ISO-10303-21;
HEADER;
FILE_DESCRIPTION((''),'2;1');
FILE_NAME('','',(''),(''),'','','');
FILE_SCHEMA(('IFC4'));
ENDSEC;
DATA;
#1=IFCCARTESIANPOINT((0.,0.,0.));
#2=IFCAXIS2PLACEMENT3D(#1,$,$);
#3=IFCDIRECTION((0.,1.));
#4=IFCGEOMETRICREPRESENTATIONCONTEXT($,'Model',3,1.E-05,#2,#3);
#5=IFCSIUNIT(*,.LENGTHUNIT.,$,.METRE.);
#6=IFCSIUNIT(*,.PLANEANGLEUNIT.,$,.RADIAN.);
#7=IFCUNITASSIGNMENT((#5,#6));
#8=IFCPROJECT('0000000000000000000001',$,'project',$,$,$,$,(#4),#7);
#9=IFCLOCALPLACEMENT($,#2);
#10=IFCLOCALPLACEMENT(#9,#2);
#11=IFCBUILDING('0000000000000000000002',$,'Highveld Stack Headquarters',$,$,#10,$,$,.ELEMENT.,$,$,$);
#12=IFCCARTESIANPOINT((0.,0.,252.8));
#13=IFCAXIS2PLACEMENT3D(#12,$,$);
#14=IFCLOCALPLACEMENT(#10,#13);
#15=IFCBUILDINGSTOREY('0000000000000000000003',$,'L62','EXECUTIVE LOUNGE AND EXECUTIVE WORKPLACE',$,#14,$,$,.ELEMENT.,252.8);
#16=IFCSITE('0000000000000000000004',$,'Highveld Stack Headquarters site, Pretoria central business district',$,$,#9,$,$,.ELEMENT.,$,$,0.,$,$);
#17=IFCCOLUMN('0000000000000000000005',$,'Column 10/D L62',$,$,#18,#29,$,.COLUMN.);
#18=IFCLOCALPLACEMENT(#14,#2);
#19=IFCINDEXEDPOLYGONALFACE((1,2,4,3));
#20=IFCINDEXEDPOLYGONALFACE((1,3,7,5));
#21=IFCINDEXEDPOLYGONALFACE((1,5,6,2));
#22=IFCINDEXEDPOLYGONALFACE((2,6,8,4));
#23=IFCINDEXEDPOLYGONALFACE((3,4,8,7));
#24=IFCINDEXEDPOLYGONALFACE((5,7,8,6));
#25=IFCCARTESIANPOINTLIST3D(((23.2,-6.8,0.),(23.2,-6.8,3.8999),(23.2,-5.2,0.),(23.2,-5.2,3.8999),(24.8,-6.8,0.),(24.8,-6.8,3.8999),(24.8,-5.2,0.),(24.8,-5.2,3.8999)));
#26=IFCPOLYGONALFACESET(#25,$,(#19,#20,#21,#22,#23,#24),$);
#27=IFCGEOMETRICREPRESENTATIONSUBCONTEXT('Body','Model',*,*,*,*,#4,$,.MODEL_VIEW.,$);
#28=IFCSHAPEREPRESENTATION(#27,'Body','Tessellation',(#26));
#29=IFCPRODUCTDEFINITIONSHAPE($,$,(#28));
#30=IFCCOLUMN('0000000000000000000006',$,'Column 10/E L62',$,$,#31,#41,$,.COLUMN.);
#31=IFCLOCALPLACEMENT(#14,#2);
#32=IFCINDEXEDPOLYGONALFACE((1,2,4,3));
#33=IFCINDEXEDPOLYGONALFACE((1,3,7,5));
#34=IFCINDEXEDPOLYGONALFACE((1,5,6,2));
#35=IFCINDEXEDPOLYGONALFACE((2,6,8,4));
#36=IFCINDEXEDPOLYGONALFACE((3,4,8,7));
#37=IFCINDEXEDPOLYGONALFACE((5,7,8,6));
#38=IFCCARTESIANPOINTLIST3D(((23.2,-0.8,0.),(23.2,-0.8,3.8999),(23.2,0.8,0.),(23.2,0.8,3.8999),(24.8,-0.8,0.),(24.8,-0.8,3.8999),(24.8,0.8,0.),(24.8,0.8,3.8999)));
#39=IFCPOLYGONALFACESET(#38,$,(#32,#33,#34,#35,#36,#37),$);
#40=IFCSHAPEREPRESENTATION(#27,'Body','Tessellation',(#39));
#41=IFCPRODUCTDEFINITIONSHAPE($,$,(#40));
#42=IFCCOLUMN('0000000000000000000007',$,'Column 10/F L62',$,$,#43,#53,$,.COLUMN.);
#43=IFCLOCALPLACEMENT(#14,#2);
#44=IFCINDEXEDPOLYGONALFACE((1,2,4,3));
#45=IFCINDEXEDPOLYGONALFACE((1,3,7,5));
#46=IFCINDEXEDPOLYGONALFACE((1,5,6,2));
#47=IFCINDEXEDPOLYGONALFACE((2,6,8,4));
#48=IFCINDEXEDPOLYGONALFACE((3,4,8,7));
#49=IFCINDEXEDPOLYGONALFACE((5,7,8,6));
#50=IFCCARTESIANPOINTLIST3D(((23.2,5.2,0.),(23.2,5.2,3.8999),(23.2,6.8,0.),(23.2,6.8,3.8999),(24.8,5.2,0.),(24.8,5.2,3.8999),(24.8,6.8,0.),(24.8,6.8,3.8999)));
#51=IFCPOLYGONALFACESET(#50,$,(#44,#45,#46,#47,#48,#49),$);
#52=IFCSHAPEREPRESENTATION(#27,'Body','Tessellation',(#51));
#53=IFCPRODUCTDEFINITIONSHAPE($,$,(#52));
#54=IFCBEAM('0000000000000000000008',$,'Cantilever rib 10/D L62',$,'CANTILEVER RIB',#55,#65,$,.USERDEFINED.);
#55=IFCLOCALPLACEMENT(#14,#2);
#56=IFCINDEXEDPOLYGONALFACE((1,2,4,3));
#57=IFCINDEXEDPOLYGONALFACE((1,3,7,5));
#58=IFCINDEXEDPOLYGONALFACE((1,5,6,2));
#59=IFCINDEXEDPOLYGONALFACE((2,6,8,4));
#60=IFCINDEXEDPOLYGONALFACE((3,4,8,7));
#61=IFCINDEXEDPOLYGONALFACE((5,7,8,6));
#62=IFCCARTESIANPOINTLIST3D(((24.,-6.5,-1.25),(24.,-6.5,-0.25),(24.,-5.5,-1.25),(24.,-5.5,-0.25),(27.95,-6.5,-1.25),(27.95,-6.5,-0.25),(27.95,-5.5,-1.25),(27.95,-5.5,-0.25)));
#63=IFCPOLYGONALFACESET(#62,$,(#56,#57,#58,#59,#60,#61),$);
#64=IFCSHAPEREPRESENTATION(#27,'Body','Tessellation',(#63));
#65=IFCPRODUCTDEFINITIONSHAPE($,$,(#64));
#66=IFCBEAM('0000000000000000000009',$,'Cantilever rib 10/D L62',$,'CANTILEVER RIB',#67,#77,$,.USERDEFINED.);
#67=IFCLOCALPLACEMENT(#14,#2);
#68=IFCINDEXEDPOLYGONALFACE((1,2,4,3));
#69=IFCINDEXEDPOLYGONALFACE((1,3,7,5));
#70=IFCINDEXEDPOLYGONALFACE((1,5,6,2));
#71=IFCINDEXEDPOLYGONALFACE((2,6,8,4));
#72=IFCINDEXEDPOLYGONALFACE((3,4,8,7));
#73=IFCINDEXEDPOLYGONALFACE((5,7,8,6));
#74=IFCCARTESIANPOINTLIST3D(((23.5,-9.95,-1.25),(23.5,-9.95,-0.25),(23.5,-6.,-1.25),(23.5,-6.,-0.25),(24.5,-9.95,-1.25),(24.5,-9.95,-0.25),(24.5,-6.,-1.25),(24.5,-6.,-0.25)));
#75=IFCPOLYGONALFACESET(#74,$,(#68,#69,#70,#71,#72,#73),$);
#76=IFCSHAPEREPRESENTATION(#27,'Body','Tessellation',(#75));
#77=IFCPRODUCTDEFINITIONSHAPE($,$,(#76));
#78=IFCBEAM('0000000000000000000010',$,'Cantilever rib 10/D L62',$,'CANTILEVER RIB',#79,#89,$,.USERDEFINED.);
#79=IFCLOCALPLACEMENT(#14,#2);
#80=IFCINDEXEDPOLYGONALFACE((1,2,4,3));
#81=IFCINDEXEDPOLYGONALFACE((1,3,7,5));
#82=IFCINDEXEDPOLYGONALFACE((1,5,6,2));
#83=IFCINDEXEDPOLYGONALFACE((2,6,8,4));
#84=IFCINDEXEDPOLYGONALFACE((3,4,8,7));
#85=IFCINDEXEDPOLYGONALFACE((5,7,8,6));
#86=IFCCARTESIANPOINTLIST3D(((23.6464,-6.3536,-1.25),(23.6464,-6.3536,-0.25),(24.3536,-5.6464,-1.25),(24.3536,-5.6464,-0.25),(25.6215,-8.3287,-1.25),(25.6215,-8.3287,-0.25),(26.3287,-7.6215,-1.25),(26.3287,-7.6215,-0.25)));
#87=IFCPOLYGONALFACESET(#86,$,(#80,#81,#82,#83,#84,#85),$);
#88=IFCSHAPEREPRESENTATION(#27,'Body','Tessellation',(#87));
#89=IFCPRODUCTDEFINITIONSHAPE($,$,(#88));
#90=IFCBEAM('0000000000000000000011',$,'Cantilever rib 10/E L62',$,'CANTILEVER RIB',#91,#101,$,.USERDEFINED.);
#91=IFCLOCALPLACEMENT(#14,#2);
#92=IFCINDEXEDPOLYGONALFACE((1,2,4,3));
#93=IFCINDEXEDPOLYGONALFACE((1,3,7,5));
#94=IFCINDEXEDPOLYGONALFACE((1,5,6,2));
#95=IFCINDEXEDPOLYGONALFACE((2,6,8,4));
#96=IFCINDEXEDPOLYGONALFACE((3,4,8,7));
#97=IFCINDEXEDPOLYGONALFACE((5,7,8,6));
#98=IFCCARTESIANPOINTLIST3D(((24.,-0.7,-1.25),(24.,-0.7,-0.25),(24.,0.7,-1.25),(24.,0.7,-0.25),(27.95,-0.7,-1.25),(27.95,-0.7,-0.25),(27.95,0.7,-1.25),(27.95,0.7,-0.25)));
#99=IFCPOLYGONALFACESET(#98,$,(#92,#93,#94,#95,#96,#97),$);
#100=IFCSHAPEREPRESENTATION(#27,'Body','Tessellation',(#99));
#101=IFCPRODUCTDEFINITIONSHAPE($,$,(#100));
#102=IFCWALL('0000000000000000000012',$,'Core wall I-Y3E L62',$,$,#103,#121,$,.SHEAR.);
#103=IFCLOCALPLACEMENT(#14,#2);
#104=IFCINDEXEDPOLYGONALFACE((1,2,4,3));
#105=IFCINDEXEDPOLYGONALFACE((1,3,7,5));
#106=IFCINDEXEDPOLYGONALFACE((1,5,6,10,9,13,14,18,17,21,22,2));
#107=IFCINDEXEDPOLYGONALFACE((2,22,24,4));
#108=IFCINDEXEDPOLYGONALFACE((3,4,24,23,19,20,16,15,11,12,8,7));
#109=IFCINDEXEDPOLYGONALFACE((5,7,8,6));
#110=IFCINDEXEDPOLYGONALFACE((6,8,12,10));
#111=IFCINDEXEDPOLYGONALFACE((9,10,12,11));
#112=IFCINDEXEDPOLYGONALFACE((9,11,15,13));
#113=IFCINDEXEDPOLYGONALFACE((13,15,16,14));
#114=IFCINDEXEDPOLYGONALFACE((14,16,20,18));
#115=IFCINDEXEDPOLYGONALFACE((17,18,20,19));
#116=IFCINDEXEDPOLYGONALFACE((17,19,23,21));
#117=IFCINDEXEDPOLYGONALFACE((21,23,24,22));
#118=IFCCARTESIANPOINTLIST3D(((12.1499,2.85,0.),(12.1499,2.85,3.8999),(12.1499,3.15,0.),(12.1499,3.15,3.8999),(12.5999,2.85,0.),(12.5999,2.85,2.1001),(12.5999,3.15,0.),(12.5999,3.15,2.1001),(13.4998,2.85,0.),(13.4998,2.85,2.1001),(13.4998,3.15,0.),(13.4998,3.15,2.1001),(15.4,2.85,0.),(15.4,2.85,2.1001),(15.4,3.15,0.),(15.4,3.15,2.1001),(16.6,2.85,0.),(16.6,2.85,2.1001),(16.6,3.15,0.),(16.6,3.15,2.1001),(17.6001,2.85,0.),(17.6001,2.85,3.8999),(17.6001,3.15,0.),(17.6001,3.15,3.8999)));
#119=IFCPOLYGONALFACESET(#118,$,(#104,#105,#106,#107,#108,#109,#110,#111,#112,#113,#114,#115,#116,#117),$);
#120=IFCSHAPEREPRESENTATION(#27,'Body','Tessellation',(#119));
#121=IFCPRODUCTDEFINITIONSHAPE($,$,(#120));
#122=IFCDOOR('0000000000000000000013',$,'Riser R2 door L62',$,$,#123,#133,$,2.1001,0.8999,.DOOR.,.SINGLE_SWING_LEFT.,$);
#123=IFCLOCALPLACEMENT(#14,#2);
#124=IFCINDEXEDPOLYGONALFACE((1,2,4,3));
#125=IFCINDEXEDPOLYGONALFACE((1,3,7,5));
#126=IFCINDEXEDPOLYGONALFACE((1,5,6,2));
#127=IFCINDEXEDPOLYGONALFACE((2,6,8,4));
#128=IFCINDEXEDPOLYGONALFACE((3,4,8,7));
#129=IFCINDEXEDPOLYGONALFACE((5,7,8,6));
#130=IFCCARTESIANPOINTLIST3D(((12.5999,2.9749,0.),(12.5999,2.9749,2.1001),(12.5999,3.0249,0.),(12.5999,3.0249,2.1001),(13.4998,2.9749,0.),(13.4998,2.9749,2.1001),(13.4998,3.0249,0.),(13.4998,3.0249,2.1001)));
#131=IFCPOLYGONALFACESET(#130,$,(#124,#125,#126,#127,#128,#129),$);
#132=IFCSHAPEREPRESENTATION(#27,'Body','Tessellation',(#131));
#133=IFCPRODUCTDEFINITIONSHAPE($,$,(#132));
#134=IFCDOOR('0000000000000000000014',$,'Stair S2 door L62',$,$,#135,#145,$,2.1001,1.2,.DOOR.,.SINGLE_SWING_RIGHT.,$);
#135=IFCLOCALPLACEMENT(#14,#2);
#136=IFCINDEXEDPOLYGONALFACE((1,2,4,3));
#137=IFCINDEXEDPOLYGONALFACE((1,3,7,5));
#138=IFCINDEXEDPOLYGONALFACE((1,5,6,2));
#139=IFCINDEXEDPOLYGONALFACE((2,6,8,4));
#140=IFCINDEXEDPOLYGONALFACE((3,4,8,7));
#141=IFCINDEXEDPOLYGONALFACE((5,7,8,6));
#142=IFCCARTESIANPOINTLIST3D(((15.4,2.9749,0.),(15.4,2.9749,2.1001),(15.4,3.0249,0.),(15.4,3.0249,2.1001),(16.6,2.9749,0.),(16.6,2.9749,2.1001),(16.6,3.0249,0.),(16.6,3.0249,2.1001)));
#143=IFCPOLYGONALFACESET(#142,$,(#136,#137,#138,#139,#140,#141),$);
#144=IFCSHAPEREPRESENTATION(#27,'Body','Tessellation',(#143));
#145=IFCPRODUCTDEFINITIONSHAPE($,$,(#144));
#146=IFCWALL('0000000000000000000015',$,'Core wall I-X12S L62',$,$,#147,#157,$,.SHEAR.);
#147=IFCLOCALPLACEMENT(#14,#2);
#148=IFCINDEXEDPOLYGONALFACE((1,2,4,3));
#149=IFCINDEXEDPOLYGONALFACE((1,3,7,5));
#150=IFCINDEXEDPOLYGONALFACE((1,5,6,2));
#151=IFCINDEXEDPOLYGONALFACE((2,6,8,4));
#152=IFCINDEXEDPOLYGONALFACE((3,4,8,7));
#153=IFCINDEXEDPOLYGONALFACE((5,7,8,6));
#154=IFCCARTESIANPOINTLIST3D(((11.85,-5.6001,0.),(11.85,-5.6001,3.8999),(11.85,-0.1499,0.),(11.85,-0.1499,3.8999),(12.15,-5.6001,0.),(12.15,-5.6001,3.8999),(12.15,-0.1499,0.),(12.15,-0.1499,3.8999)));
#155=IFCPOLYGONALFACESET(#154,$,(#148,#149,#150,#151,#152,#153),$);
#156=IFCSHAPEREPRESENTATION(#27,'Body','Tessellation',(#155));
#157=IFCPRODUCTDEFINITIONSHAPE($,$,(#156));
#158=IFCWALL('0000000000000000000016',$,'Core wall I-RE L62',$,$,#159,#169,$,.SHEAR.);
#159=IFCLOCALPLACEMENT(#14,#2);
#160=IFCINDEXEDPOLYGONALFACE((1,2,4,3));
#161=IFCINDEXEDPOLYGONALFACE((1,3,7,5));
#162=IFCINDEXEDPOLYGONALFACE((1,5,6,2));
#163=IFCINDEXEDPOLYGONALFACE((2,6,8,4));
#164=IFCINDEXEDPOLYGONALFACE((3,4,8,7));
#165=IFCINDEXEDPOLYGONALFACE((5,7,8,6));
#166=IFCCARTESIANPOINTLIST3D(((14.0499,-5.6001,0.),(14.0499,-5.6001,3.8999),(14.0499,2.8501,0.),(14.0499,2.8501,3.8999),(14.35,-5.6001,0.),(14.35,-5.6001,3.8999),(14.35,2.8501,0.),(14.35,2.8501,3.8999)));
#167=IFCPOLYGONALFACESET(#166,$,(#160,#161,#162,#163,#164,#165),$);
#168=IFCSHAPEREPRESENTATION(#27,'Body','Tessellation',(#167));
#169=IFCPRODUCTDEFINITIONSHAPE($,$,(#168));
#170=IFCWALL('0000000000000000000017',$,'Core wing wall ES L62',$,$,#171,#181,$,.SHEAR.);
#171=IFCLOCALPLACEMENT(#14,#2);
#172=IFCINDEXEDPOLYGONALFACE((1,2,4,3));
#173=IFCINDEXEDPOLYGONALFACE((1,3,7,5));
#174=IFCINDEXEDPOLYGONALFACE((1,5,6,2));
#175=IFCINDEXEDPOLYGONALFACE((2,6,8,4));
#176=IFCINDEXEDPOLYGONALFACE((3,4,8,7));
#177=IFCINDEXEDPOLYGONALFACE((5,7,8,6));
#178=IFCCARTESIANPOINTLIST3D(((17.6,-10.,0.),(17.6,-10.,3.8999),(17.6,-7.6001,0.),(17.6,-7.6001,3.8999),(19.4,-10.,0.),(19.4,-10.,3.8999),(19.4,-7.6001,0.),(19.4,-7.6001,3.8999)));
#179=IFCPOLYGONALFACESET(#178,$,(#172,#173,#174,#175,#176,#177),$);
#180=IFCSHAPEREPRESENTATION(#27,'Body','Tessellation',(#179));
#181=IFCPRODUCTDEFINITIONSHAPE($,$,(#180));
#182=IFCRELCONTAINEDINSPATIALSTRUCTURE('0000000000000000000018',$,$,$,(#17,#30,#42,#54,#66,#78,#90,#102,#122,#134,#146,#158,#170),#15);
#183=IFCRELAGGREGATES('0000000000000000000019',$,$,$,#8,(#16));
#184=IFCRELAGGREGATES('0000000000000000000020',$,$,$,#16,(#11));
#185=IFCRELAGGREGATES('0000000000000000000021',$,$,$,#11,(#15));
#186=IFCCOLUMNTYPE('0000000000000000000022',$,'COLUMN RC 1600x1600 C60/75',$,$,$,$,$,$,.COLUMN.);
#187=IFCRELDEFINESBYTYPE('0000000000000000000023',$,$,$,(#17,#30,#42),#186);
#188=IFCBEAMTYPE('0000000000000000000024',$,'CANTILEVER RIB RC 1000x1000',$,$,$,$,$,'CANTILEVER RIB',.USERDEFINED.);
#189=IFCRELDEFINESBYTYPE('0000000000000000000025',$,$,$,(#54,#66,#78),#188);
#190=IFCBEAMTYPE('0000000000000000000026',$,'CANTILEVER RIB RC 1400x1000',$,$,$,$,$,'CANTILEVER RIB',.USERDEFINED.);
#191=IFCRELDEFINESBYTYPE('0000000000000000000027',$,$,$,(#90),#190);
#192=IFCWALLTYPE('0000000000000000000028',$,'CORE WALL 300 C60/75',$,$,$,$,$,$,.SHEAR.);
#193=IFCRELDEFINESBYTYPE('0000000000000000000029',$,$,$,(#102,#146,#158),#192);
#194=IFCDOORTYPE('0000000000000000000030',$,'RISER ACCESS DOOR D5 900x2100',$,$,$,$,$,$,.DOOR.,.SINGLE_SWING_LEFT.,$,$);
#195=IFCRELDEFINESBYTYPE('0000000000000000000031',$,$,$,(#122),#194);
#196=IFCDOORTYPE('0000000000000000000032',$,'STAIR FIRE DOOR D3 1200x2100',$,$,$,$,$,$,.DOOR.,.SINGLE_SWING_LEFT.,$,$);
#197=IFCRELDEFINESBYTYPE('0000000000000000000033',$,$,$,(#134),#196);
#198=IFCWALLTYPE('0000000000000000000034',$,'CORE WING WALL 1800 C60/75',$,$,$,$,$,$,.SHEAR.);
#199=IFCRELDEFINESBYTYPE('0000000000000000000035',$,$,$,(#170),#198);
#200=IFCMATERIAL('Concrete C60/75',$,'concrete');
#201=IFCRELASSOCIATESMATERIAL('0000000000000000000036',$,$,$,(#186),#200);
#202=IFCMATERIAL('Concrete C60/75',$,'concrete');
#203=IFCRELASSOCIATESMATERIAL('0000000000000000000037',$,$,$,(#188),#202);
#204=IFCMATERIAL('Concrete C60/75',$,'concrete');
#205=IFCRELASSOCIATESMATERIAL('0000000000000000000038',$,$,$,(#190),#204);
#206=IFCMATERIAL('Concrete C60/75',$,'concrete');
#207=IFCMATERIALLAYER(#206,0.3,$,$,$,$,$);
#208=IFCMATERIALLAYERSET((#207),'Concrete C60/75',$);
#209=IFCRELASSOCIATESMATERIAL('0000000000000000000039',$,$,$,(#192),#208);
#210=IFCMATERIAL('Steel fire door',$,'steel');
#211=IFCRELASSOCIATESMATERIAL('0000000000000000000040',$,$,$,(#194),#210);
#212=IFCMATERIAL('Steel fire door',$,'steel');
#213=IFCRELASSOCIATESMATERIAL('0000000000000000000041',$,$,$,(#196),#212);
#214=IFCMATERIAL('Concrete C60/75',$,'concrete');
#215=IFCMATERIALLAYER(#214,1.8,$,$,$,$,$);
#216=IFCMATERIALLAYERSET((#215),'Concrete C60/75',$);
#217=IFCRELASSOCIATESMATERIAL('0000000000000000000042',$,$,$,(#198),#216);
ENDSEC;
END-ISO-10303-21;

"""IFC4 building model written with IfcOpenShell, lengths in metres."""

from ifc_helpers import new_model, si_unit, direction, frame, frame_2d, origin, origin_2d, place, context, subcontext, project, spatial, rectangle, extrude, material, layer, layer_set, material_profile, profile_set, type_object, element, fill, save


model = new_model("IFC4")

# Units and contexts
model_context = context("Model", 3, precision=1e-05, world=origin(), true_north=direction((0.0, 1.0)))
body_context = subcontext(model_context, "Body", "Model", "MODEL_VIEW")
ifc_project = project(units=[si_unit("LENGTHUNIT", "METRE"), si_unit("PLANEANGLEUNIT", "RADIAN")], contexts=[model_context])

# Site, building, storey
site_placement = place(None, origin())
site = spatial("IfcSite", under=ifc_project, at=site_placement, Name="Highveld Stack Headquarters site, Pretoria central business district", CompositionType="ELEMENT", RefElevation=0.0)
building_placement = place(site_placement, origin())
building = spatial("IfcBuilding", under=site, at=building_placement, Name="Highveld Stack Headquarters", CompositionType="ELEMENT")
storey_placement = place(building_placement, frame((0.0, 0.0, 252.8)))
storey = spatial("IfcBuildingStorey", under=building, at=storey_placement, Name="L62", Description="EXECUTIVE LOUNGE AND EXECUTIVE WORKPLACE", CompositionType="ELEMENT", Elevation=252.8)

# Columns
ifc_material_1 = material(Name="Concrete C60/75", Category="concrete")
ifc_material_profile_1 = material_profile(ifc_material_1, rectangle(XDim=1.6001, YDim=1.6001, at=origin_2d()), Name="RC 1600x1600")
ifc_profile_set_1 = profile_set([ifc_material_profile_1], Name="Concrete C60/75")
column_type = type_object("IfcColumnType", Name="COLUMN RC 1600x1600 C60/75", PredefinedType="COLUMN", material=ifc_profile_set_1)
for number, where, z_axis, x_axis, name in (
    (1, (24.0, -6.0, 0.0), (0.0, 0.0, 1.0), (1.0, 0.0, 0.0), "Column 10/D L62"),
    (2, (24.0, 0.0, 0.0), (0.0, 0.0, 1.0), (1.0, 0.0, 0.0), "Column 10/E L62"),
    (3, (24.0, 6.0, 0.0), (0.0, 0.0, 1.0), (1.0, 0.0, 0.0), "Column 10/F L62"),
):
    element("IfcColumn", number, at=place(storey_placement, frame(where, z_axis=z_axis, x_axis=x_axis)), inside=storey, type_object=column_type, Name=name, PredefinedType="COLUMN", context=body_context, shape_type="SweptSolid", body=[
        extrude(rectangle(XDim=1.6001, YDim=1.6001, at=origin_2d()), origin(), (0.0, 0.0, 1.0), 3.8999),
    ])

# Beams
ifc_material_2 = material(Name="Concrete C60/75", Category="concrete")
ifc_material_profile_2 = material_profile(ifc_material_2, rectangle(XDim=1.0, YDim=1.0, at=origin_2d()), Name="RC 1000x1000")
ifc_profile_set_2 = profile_set([ifc_material_profile_2], Name="Concrete C60/75")
beam_type_1 = type_object("IfcBeamType", Name="CANTILEVER RIB RC 1000x1000", ElementType="CANTILEVER RIB", PredefinedType="USERDEFINED", material=ifc_profile_set_2)
for number, where, z_axis, x_axis, name in (
    (4, (24.0, -6.0, -0.75), (1.0, 0.0, 0.0), (0.0, 1.0, 0.0), "Cantilever rib 10/D L62"),
    (5, (24.0, -6.0, -0.75), (0.0, -1.0, 0.0), (1.0, 0.0, 0.0), "Cantilever rib 10/D L62"),
):
    element("IfcBeam", number, at=place(storey_placement, frame(where, z_axis=z_axis, x_axis=x_axis)), inside=storey, type_object=beam_type_1, Name=name, ObjectType="CANTILEVER RIB", PredefinedType="USERDEFINED", context=body_context, shape_type="SweptSolid", body=[
        extrude(rectangle(XDim=1.0, YDim=1.0, at=origin_2d()), origin(), (0.0, 0.0, 1.0), 3.95),
    ])
beam_1_placement = place(storey_placement, frame((24.0, -6.0, -0.75), z_axis=(0.707107, -0.707107, 0.0), x_axis=(0.707107, 0.707107, 0.0)))
element("IfcBeam", 6, at=beam_1_placement, inside=storey, type_object=beam_type_1, Name="Cantilever rib 10/D L62", ObjectType="CANTILEVER RIB", PredefinedType="USERDEFINED", context=body_context, shape_type="SweptSolid", body=[
    extrude(rectangle(XDim=1.0, YDim=1.0, at=origin_2d()), origin(), (0.0, 0.0, 1.0), 2.7932),
])
ifc_material_3 = material(Name="Concrete C60/75", Category="concrete")
ifc_material_profile_3 = material_profile(ifc_material_3, rectangle(XDim=1.3999, YDim=1.0, at=origin_2d()), Name="RC 1400x1000")
ifc_profile_set_3 = profile_set([ifc_material_profile_3], Name="Concrete C60/75")
beam_type_2 = type_object("IfcBeamType", Name="CANTILEVER RIB RC 1400x1000", ElementType="CANTILEVER RIB", PredefinedType="USERDEFINED", material=ifc_profile_set_3)
beam_2_placement = place(storey_placement, frame((24.0, 0.0, -0.75), z_axis=(1.0, 0.0, 0.0), x_axis=(0.0, 1.0, 0.0)))
element("IfcBeam", 7, at=beam_2_placement, inside=storey, type_object=beam_type_2, Name="Cantilever rib 10/E L62", ObjectType="CANTILEVER RIB", PredefinedType="USERDEFINED", context=body_context, shape_type="SweptSolid", body=[
    extrude(rectangle(XDim=1.3999, YDim=1.0, at=origin_2d()), origin(), (0.0, 0.0, 1.0), 3.95),
])

# Wall, openings, doors
ifc_material_4 = material(Name="Concrete C60/75", Category="concrete")
ifc_layer_1 = layer(ifc_material_4, 0.3)
ifc_layer_set_1 = layer_set([ifc_layer_1], Name="Concrete C60/75")
wall_type_1 = type_object("IfcWallType", Name="CORE WALL 300 C60/75", PredefinedType="SHEAR", material=ifc_layer_set_1)
wall_1_placement = place(storey_placement, frame((12.1499, 3.0, 0.0), z_axis=(0.0, 0.0, 1.0), x_axis=(1.0, 0.0, 0.0)))
wall_1 = element("IfcWall", 8, at=wall_1_placement, inside=storey, type_object=wall_type_1, Name="Core wall I-Y3E L62", PredefinedType="SHEAR", context=body_context, shape_type="SweptSolid", body=[
    extrude(rectangle(XDim=5.4502, YDim=0.3, at=frame_2d((2.7251, 0.0))), origin(), (0.0, 0.0, 1.0), 3.8999),
])
opening_1_placement = place(wall_1_placement, frame((3.25, 0.0, 0.0)))
opening_1 = element("IfcOpeningElement", 9, at=opening_1_placement, cuts=wall_1, PredefinedType="OPENING", context=body_context, shape_type="SweptSolid", body=[
    extrude(rectangle(XDim=1.2, YDim=2.1001, at=frame_2d((0.6001, 1.05))), frame((0.0, 0.1599, 0.0), z_axis=(0.0, -1.0, 0.0), x_axis=(1.0, 0.0, 0.0)), (0.0, 0.0, 1.0), 0.3201),
])
opening_2_placement = place(wall_1_placement, frame((0.45, 0.0, 0.0)))
opening_2 = element("IfcOpeningElement", 10, at=opening_2_placement, cuts=wall_1, PredefinedType="OPENING", context=body_context, shape_type="SweptSolid", body=[
    extrude(rectangle(XDim=0.8999, YDim=2.1001, at=frame_2d((0.45, 1.05))), frame((0.0, 0.1599, 0.0), z_axis=(0.0, -1.0, 0.0), x_axis=(1.0, 0.0, 0.0)), (0.0, 0.0, 1.0), 0.3201),
])
ifc_material_5 = material(Name="Steel fire door", Category="steel")
door_type_1 = type_object("IfcDoorType", Name="RISER ACCESS DOOR D5 900x2100", OperationType="SINGLE_SWING_LEFT", PredefinedType="DOOR", material=ifc_material_5)
door_1_placement = place(opening_2_placement, origin())
door_1 = element("IfcDoor", 11, at=door_1_placement, inside=storey, type_object=door_type_1, Name="Riser R2 door L62", OperationType="SINGLE_SWING_LEFT", OverallHeight=2.1001, OverallWidth=0.8999, PredefinedType="DOOR", context=body_context, shape_type="SweptSolid", body=[
    extrude(rectangle(XDim=0.8999, YDim=2.1001, at=frame_2d((0.45, 1.05))), frame((0.0, 0.0249, 0.0), z_axis=(0.0, -1.0, 0.0), x_axis=(1.0, 0.0, 0.0)), (0.0, 0.0, 1.0), 0.05),
])
fill(opening_2, door_1)
ifc_material_6 = material(Name="Steel fire door", Category="steel")
door_type_2 = type_object("IfcDoorType", Name="STAIR FIRE DOOR D3 1200x2100", OperationType="SINGLE_SWING_LEFT", PredefinedType="DOOR", material=ifc_material_6)
door_2_placement = place(opening_1_placement, origin())
door_2 = element("IfcDoor", 12, at=door_2_placement, inside=storey, type_object=door_type_2, Name="Stair S2 door L62", OperationType="SINGLE_SWING_RIGHT", OverallHeight=2.1001, OverallWidth=1.2, PredefinedType="DOOR", context=body_context, shape_type="SweptSolid", body=[
    extrude(rectangle(XDim=1.2, YDim=2.1001, at=frame_2d((0.6001, 1.05))), frame((0.0, 0.0249, 0.0), z_axis=(0.0, -1.0, 0.0), x_axis=(1.0, 0.0, 0.0)), (0.0, 0.0, 1.0), 0.05),
])
fill(opening_1, door_2)

# Walls
wall_2_placement = place(storey_placement, frame((12.0, -5.6001, 0.0), z_axis=(0.0, 0.0, 1.0), x_axis=(0.0, 1.0, 0.0)))
element("IfcWall", 13, at=wall_2_placement, inside=storey, type_object=wall_type_1, Name="Core wall I-X12S L62", PredefinedType="SHEAR", context=body_context, shape_type="SweptSolid", body=[
    extrude(rectangle(XDim=5.4502, YDim=0.3, at=frame_2d((2.7251, 0.0))), origin(), (0.0, 0.0, 1.0), 3.8999),
])
wall_3_placement = place(storey_placement, frame((14.2, -5.6001, 0.0), z_axis=(0.0, 0.0, 1.0), x_axis=(0.0, 1.0, 0.0)))
element("IfcWall", 14, at=wall_3_placement, inside=storey, type_object=wall_type_1, Name="Core wall I-RE L62", PredefinedType="SHEAR", context=body_context, shape_type="SweptSolid", body=[
    extrude(rectangle(XDim=8.4502, YDim=0.3, at=frame_2d((4.2251, 0.0))), origin(), (0.0, 0.0, 1.0), 3.8999),
])
ifc_material_7 = material(Name="Concrete C60/75", Category="concrete")
ifc_layer_2 = layer(ifc_material_7, 1.8)
ifc_layer_set_2 = layer_set([ifc_layer_2], Name="Concrete C60/75")
wall_type_2 = type_object("IfcWallType", Name="CORE WING WALL 1800 C60/75", PredefinedType="SHEAR", material=ifc_layer_set_2)
wall_4_placement = place(storey_placement, frame((18.5, -10.0, 0.0), z_axis=(0.0, 0.0, 1.0), x_axis=(0.0, 1.0, 0.0)))
element("IfcWall", 15, at=wall_4_placement, inside=storey, type_object=wall_type_2, Name="Core wing wall ES L62", PredefinedType="SHEAR", context=body_context, shape_type="SweptSolid", body=[
    extrude(rectangle(XDim=2.3999, YDim=1.8, at=frame_2d((1.2, 0.0))), origin(), (0.0, 0.0, 1.0), 3.8999),
])

save(model, "model.ifc")
